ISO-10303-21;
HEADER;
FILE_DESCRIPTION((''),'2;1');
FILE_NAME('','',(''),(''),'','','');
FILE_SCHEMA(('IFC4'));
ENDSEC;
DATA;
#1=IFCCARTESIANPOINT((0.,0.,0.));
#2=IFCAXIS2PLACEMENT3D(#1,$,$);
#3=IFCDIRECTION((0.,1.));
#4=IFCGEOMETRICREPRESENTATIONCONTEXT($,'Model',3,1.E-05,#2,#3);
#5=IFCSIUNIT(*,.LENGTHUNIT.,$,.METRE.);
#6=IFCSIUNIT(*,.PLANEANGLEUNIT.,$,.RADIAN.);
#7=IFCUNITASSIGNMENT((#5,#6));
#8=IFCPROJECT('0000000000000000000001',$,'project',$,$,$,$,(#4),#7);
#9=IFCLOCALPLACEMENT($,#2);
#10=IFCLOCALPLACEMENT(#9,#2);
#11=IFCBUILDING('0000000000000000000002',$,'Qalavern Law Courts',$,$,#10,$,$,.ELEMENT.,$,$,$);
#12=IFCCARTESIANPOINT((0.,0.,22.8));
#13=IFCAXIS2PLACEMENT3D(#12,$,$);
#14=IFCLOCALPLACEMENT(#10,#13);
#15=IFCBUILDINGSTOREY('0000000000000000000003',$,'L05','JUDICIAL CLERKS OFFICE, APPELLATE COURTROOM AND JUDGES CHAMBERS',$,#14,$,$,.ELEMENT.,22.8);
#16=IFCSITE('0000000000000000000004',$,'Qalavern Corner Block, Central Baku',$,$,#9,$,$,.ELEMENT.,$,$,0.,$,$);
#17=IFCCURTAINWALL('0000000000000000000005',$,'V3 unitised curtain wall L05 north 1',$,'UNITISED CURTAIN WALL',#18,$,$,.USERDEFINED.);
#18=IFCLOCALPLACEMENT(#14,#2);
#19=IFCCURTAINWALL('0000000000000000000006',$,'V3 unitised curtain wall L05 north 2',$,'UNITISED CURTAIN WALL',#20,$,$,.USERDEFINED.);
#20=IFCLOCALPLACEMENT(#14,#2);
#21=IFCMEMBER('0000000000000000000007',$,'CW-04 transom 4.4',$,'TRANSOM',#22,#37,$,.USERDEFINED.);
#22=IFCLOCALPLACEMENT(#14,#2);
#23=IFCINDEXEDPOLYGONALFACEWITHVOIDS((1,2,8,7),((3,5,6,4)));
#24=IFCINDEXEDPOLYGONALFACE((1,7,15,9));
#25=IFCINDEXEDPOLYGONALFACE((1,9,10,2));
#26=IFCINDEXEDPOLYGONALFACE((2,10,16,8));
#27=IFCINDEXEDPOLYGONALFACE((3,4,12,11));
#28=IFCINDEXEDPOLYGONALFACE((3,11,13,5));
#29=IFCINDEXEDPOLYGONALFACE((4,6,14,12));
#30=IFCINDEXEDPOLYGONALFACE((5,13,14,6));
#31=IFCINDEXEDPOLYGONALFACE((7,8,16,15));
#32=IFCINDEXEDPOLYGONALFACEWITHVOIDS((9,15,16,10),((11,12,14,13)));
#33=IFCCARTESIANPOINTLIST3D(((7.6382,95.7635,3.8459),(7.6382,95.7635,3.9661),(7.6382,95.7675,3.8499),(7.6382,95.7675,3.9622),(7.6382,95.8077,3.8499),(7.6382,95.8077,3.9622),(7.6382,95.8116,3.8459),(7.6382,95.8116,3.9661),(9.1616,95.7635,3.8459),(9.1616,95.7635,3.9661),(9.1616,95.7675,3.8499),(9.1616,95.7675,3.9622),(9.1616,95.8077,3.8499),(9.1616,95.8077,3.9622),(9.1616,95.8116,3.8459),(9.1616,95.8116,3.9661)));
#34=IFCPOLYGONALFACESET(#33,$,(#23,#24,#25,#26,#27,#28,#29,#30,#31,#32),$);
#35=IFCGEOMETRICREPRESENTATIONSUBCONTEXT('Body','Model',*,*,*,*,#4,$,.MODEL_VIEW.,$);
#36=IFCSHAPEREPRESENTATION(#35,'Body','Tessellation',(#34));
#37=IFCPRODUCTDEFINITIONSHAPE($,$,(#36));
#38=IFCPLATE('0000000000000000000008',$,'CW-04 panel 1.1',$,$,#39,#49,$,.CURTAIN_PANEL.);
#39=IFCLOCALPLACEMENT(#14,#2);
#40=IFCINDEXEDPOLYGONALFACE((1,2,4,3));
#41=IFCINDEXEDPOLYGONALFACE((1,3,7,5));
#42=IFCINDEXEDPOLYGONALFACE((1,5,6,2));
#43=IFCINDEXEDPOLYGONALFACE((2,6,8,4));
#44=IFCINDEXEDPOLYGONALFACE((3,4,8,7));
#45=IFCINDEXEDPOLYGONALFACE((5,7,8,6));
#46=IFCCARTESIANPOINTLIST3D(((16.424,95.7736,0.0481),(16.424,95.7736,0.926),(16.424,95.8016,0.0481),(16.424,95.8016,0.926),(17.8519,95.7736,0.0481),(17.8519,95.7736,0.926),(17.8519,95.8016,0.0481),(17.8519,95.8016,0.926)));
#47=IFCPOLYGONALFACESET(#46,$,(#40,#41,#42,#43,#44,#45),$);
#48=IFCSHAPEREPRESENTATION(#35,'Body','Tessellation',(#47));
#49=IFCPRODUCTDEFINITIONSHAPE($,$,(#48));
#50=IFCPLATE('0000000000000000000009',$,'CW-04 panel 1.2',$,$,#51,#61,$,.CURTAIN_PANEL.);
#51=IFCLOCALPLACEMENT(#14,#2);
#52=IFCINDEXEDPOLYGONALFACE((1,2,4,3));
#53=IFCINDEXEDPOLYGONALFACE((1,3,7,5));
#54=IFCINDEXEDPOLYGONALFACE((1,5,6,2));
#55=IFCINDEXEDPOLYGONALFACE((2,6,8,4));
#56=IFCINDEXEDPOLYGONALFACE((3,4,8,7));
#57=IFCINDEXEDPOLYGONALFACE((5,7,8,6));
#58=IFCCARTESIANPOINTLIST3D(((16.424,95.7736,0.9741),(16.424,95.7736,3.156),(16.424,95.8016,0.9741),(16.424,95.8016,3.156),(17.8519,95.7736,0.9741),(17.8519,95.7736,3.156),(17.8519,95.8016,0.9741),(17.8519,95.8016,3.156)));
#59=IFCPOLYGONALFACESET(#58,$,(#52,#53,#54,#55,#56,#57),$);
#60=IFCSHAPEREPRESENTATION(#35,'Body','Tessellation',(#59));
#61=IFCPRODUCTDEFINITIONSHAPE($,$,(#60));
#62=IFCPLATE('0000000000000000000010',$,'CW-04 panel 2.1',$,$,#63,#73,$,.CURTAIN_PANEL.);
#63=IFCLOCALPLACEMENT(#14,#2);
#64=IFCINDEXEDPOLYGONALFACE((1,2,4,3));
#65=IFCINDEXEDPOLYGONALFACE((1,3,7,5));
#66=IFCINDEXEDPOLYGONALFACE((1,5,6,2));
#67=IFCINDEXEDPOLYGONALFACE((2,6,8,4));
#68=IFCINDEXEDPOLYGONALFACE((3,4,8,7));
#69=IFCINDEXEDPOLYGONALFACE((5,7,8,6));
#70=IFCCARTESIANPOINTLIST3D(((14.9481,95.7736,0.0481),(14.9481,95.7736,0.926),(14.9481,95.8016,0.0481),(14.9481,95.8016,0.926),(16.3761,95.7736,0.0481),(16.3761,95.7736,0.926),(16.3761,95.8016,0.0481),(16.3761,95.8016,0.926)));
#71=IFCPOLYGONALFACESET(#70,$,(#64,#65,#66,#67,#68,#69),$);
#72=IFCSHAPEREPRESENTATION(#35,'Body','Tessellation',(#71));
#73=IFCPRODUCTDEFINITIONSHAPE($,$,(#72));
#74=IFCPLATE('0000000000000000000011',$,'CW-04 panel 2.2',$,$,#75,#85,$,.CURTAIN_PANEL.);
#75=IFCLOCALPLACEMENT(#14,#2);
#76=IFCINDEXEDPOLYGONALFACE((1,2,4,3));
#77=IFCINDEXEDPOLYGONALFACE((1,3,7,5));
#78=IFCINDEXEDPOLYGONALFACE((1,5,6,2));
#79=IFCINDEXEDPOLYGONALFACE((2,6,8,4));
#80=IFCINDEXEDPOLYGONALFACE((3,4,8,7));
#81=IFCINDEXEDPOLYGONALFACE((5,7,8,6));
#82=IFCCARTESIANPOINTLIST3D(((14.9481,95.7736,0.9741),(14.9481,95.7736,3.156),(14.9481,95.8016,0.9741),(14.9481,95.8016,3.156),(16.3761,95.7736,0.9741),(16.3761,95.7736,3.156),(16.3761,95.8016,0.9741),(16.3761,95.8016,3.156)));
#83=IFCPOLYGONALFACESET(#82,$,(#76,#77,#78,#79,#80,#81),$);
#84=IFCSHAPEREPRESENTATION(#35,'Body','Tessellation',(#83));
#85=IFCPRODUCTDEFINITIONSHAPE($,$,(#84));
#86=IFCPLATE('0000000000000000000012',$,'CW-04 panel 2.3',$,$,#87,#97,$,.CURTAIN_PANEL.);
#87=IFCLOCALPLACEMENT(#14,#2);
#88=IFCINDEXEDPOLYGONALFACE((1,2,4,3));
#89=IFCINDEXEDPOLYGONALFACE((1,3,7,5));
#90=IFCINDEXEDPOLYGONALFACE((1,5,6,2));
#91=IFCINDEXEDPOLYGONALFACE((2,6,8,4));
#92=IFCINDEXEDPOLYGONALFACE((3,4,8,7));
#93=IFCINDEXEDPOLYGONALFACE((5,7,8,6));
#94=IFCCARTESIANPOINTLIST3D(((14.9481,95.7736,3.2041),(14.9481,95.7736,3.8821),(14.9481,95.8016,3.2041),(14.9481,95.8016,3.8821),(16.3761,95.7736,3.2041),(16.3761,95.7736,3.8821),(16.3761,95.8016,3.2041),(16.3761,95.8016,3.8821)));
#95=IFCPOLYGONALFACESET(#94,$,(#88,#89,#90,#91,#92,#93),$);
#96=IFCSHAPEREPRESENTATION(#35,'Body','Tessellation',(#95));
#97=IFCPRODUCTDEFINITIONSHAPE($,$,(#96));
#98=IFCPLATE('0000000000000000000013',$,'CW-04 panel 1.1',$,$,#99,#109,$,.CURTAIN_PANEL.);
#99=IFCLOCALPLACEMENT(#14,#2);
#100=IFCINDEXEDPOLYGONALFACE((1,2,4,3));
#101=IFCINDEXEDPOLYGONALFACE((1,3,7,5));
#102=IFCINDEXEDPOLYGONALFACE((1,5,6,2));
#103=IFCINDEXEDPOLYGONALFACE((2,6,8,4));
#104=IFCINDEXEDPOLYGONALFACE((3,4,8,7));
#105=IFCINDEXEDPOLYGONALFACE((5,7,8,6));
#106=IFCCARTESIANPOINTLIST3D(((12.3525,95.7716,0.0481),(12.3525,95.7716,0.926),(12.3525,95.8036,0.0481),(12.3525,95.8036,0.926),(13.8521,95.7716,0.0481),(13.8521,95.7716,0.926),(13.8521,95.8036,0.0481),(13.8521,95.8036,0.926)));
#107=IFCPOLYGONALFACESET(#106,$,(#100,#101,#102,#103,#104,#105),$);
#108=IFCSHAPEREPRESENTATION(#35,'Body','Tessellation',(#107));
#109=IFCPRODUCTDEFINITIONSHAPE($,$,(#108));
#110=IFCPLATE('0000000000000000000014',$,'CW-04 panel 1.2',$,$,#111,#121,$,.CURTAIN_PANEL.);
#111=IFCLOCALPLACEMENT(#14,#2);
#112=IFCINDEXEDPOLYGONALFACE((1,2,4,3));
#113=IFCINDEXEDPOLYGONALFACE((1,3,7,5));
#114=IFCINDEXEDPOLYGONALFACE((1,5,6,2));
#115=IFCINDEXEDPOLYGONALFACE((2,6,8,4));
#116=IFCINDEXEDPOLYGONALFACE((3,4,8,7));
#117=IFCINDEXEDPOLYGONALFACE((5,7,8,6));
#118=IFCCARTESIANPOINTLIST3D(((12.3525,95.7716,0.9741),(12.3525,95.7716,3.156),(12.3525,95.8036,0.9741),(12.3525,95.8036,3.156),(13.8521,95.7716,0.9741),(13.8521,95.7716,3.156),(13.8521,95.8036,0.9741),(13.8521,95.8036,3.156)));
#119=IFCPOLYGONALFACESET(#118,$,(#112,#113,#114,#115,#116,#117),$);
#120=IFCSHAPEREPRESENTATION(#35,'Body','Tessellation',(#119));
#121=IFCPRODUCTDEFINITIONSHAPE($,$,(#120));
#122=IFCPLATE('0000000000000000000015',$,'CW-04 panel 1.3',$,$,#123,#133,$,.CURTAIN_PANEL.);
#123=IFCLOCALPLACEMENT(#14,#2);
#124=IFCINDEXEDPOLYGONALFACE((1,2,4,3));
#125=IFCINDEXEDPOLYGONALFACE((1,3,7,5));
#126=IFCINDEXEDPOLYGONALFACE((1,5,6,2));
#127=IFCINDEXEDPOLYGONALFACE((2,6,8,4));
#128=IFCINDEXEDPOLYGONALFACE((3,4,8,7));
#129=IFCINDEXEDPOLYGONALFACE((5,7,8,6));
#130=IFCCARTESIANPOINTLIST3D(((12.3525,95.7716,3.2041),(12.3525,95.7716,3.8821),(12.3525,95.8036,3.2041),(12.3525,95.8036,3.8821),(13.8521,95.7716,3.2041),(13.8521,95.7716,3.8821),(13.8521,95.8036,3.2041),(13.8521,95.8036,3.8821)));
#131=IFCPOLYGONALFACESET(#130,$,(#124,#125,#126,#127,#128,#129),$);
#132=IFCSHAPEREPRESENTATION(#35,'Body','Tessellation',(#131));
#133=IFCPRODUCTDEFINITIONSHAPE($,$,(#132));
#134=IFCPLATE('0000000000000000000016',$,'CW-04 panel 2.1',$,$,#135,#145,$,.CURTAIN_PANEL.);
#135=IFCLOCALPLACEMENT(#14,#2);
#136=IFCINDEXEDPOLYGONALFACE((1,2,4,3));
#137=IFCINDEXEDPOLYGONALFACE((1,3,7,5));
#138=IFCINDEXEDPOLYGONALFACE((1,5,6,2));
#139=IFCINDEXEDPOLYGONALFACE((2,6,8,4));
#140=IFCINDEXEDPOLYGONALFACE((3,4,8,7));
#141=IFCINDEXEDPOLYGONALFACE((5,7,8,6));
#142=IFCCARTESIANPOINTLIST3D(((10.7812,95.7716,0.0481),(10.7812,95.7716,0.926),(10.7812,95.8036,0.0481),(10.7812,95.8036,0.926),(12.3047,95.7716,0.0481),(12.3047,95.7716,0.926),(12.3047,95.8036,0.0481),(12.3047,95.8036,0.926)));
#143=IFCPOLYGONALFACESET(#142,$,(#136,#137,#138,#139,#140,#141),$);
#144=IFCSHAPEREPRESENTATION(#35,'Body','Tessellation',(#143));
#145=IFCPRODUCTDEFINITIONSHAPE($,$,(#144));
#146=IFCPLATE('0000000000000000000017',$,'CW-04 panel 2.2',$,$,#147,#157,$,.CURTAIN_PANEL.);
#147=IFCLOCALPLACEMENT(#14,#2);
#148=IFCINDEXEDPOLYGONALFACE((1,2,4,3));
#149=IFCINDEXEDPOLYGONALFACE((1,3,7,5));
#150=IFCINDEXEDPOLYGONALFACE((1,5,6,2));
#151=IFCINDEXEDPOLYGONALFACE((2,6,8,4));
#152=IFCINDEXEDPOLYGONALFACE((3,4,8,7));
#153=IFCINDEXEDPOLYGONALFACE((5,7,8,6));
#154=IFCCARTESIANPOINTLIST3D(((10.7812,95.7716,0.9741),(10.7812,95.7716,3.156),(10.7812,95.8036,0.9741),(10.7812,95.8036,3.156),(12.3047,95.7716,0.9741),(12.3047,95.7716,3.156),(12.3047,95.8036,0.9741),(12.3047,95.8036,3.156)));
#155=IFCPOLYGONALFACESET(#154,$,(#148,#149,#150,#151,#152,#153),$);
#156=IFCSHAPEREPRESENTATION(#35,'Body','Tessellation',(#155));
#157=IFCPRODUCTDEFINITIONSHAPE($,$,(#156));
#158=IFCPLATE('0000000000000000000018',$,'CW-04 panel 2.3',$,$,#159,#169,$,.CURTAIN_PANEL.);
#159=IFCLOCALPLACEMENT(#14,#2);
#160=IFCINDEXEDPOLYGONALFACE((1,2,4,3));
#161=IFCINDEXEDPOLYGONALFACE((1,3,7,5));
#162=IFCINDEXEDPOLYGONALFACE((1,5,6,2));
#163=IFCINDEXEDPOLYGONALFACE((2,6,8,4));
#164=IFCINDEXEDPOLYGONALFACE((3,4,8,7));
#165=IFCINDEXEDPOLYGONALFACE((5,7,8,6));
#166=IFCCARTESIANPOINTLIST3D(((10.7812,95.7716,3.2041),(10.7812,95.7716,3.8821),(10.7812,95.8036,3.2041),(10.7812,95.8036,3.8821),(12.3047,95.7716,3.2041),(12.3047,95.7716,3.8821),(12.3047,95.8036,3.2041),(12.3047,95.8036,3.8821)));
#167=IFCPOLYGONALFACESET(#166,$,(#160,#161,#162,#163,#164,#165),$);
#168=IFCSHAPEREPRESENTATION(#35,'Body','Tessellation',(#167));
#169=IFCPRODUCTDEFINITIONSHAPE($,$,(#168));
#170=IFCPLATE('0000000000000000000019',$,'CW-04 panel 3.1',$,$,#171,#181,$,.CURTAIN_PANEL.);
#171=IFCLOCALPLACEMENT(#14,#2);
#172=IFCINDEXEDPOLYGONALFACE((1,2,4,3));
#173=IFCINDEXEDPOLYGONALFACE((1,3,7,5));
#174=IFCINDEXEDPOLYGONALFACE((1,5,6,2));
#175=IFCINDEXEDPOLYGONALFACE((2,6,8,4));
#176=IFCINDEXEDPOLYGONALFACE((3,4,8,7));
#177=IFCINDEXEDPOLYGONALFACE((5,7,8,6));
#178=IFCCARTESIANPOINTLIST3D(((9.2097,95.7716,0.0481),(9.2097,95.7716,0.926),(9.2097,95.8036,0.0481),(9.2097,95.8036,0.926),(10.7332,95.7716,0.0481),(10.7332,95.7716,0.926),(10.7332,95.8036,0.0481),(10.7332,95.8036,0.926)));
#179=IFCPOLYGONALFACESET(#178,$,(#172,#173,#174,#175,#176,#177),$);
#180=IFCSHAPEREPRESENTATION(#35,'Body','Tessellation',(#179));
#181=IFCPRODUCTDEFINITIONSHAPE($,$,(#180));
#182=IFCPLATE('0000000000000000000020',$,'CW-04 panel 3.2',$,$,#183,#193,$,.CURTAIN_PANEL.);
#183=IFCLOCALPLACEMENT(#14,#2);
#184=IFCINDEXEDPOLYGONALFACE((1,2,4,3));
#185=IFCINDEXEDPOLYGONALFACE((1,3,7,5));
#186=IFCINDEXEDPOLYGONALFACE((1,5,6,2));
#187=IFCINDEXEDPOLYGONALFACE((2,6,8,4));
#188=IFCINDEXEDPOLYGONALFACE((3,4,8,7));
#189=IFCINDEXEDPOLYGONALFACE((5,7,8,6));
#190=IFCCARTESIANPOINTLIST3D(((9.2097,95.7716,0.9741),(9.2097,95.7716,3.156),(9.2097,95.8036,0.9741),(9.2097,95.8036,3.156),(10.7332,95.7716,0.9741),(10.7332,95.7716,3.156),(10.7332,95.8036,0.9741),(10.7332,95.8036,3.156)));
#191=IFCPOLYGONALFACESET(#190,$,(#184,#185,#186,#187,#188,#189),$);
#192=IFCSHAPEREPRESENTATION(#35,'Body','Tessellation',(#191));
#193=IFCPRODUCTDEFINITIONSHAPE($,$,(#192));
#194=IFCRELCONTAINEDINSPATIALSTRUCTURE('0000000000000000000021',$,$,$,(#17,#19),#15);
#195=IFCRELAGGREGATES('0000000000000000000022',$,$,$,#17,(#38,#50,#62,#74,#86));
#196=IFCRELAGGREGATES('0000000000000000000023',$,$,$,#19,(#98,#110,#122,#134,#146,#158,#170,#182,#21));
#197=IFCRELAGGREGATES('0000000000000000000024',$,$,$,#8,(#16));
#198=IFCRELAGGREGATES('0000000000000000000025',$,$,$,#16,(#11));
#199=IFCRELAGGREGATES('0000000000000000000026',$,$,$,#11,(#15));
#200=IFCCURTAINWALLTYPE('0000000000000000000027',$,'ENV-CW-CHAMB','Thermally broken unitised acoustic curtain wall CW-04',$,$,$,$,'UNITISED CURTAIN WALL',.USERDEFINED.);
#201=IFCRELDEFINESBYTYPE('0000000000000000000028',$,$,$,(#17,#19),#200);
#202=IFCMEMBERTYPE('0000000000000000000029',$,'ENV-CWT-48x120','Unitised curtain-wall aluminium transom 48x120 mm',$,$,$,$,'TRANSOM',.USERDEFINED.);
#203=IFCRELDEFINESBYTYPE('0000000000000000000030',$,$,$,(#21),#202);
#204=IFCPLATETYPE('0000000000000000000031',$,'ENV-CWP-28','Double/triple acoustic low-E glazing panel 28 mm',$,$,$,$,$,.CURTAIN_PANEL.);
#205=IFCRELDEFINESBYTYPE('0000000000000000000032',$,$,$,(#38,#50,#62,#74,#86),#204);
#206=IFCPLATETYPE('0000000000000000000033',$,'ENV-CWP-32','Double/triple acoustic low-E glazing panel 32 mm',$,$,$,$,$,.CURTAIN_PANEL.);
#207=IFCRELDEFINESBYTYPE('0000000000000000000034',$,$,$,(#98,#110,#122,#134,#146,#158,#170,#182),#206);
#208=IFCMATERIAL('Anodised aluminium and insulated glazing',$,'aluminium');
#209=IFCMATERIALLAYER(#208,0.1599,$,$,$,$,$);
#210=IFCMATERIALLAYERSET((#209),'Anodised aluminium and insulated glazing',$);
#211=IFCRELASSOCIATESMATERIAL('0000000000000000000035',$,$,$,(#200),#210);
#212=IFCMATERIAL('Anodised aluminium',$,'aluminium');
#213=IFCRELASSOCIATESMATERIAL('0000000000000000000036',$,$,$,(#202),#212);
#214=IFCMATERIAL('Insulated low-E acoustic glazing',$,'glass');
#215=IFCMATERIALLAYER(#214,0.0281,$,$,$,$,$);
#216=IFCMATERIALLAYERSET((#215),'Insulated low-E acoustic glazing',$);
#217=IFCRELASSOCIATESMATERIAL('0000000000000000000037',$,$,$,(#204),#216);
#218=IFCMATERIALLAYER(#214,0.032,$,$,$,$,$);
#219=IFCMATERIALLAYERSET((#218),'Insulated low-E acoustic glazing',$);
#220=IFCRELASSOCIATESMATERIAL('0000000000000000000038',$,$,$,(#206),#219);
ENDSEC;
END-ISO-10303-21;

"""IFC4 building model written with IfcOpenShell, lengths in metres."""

from ifc_helpers import new_model, si_unit, direction, frame, origin, origin_2d, place, context, subcontext, project, spatial, rectangle, hollow_rectangle, extrude, material, layer, layer_set, material_profile, profile_set, type_object, element, aggregate, save


model = new_model("IFC4")

# Units and contexts
model_context = context("Model", 3, precision=1e-05, world=origin(), true_north=direction((0.0, 1.0)))
body_context = subcontext(model_context, "Body", "Model", "MODEL_VIEW")
ifc_project = project(units=[si_unit("LENGTHUNIT", "METRE"), si_unit("PLANEANGLEUNIT", "RADIAN")], contexts=[model_context])

# Site, building, storey
site_placement = place(None, origin())
site = spatial("IfcSite", under=ifc_project, at=site_placement, Name="Qalavern Corner Block, Central Baku", CompositionType="ELEMENT", RefElevation=0.0)
building_placement = place(site_placement, origin())
building = spatial("IfcBuilding", under=site, at=building_placement, Name="Qalavern Law Courts", CompositionType="ELEMENT")
storey_placement = place(building_placement, frame((0.0, 0.0, 22.8)))
storey = spatial("IfcBuildingStorey", under=building, at=storey_placement, Name="L05", Description="JUDICIAL CLERKS OFFICE, APPELLATE COURTROOM AND JUDGES CHAMBERS", CompositionType="ELEMENT", Elevation=22.8)

# Curtain walls
ifc_material_1 = material(Name="Anodised aluminium and insulated glazing", Category="aluminium")
ifc_layer_1 = layer(ifc_material_1, 0.1599)
ifc_layer_set_1 = layer_set([ifc_layer_1], Name="Anodised aluminium and insulated glazing")
curtain_wall_type = type_object("IfcCurtainWallType", Name="ENV-CW-CHAMB", Description="Thermally broken unitised acoustic curtain wall CW-04", ElementType="UNITISED CURTAIN WALL", PredefinedType="USERDEFINED", material=ifc_layer_set_1)
curtain_wall_1_placement = place(storey_placement, origin())
curtain_wall_1 = element("IfcCurtainWall", 1, at=curtain_wall_1_placement, inside=storey, type_object=curtain_wall_type, Name="V3 unitised curtain wall L05 north 1", ObjectType="UNITISED CURTAIN WALL", PredefinedType="USERDEFINED")
ifc_material_2 = material(Name="Anodised aluminium", Category="aluminium")
curtain_wall_2_placement = place(storey_placement, origin())
curtain_wall_2 = element("IfcCurtainWall", 2, at=curtain_wall_2_placement, inside=storey, type_object=curtain_wall_type, Name="V3 unitised curtain wall L05 north 2", ObjectType="UNITISED CURTAIN WALL", PredefinedType="USERDEFINED")

# Member
ifc_material_profile_1 = material_profile(ifc_material_2, hollow_rectangle(XDim=0.0481, YDim=0.1201, WallThickness=0.0039, at=origin_2d()), Name="ALU TRANSOM 48x120")
ifc_profile_set_1 = profile_set([ifc_material_profile_1], Name="Anodised aluminium")
member_type_1 = type_object("IfcMemberType", Name="ENV-CWT-48x120", Description="Unitised curtain-wall aluminium transom 48x120 mm", ElementType="TRANSOM", PredefinedType="USERDEFINED", material=ifc_profile_set_1)
member_1_placement = place(storey_placement, frame((9.1616, 95.7876, 3.906), z_axis=(-1.0, 0.0, 0.0), x_axis=(0.0, -1.0, 0.0)))
member_1 = element("IfcMember", 3, at=member_1_placement, type_object=member_type_1, Name="CW-04 transom 4.4", ObjectType="TRANSOM", PredefinedType="USERDEFINED", context=body_context, shape_type="SweptSolid", body=[
    extrude(hollow_rectangle(XDim=0.0481, YDim=0.1201, WallThickness=0.0039, at=origin_2d()), origin(), (0.0, 0.0, 1.0), 1.5234),
])

# Plates
ifc_material_3 = material(Name="Insulated low-E acoustic glazing", Category="glass")
ifc_layer_2 = layer(ifc_material_3, 0.0281)
ifc_layer_set_2 = layer_set([ifc_layer_2], Name="Insulated low-E acoustic glazing")
plate_type_1 = type_object("IfcPlateType", Name="ENV-CWP-28", Description="Double/triple acoustic low-E glazing panel 28 mm", PredefinedType="CURTAIN_PANEL", material=ifc_layer_set_2)
plate_1_placement = place(storey_placement, frame((17.1379, 95.7876, 0.0481), z_axis=(0.0, 0.0, 1.0), x_axis=(-1.0, 0.0, 0.0)))
plate_1 = element("IfcPlate", 4, at=plate_1_placement, type_object=plate_type_1, Name="CW-04 panel 1.1", PredefinedType="CURTAIN_PANEL", context=body_context, shape_type="SweptSolid", body=[
    extrude(rectangle(XDim=1.428, YDim=0.0281, at=origin_2d()), origin(), (0.0, 0.0, 1.0), 0.8779),
])
plate_2_placement = place(storey_placement, frame((17.1379, 95.7876, 0.9741), z_axis=(0.0, 0.0, 1.0), x_axis=(-1.0, 0.0, 0.0)))
plate_2 = element("IfcPlate", 5, at=plate_2_placement, type_object=plate_type_1, Name="CW-04 panel 1.2", PredefinedType="CURTAIN_PANEL", context=body_context, shape_type="SweptSolid", body=[
    extrude(rectangle(XDim=1.428, YDim=0.0281, at=origin_2d()), origin(), (0.0, 0.0, 1.0), 2.1819),
])
plate_3_placement = place(storey_placement, frame((15.6621, 95.7876, 0.0481), z_axis=(0.0, 0.0, 1.0), x_axis=(-1.0, 0.0, 0.0)))
plate_3 = element("IfcPlate", 6, at=plate_3_placement, type_object=plate_type_1, Name="CW-04 panel 2.1", PredefinedType="CURTAIN_PANEL", context=body_context, shape_type="SweptSolid", body=[
    extrude(rectangle(XDim=1.428, YDim=0.0281, at=origin_2d()), origin(), (0.0, 0.0, 1.0), 0.8779),
])
plate_4_placement = place(storey_placement, frame((15.6621, 95.7876, 0.9741), z_axis=(0.0, 0.0, 1.0), x_axis=(-1.0, 0.0, 0.0)))
plate_4 = element("IfcPlate", 7, at=plate_4_placement, type_object=plate_type_1, Name="CW-04 panel 2.2", PredefinedType="CURTAIN_PANEL", context=body_context, shape_type="SweptSolid", body=[
    extrude(rectangle(XDim=1.428, YDim=0.0281, at=origin_2d()), origin(), (0.0, 0.0, 1.0), 2.1819),
])
plate_5_placement = place(storey_placement, frame((15.6621, 95.7876, 3.2041), z_axis=(0.0, 0.0, 1.0), x_axis=(-1.0, 0.0, 0.0)))
plate_5 = element("IfcPlate", 8, at=plate_5_placement, type_object=plate_type_1, Name="CW-04 panel 2.3", PredefinedType="CURTAIN_PANEL", context=body_context, shape_type="SweptSolid", body=[
    extrude(rectangle(XDim=1.428, YDim=0.0281, at=origin_2d()), origin(), (0.0, 0.0, 1.0), 0.678),
])
aggregate(curtain_wall_1, [plate_1, plate_2, plate_3, plate_4, plate_5])
ifc_layer_3 = layer(ifc_material_3, 0.032)
ifc_layer_set_3 = layer_set([ifc_layer_3], Name="Insulated low-E acoustic glazing")
plate_type_2 = type_object("IfcPlateType", Name="ENV-CWP-32", Description="Double/triple acoustic low-E glazing panel 32 mm", PredefinedType="CURTAIN_PANEL", material=ifc_layer_set_3)
plate_6_placement = place(storey_placement, frame((13.1023, 95.7876, 0.0481), z_axis=(0.0, 0.0, 1.0), x_axis=(-1.0, 0.0, 0.0)))
plate_6 = element("IfcPlate", 9, at=plate_6_placement, type_object=plate_type_2, Name="CW-04 panel 1.1", PredefinedType="CURTAIN_PANEL", context=body_context, shape_type="SweptSolid", body=[
    extrude(rectangle(XDim=1.4995, YDim=0.032, at=origin_2d()), origin(), (0.0, 0.0, 1.0), 0.8779),
])
plate_7_placement = place(storey_placement, frame((13.1023, 95.7876, 0.9741), z_axis=(0.0, 0.0, 1.0), x_axis=(-1.0, 0.0, 0.0)))
plate_7 = element("IfcPlate", 10, at=plate_7_placement, type_object=plate_type_2, Name="CW-04 panel 1.2", PredefinedType="CURTAIN_PANEL", context=body_context, shape_type="SweptSolid", body=[
    extrude(rectangle(XDim=1.4995, YDim=0.032, at=origin_2d()), origin(), (0.0, 0.0, 1.0), 2.1819),
])
plate_8_placement = place(storey_placement, frame((13.1023, 95.7876, 3.2041), z_axis=(0.0, 0.0, 1.0), x_axis=(-1.0, 0.0, 0.0)))
plate_8 = element("IfcPlate", 11, at=plate_8_placement, type_object=plate_type_2, Name="CW-04 panel 1.3", PredefinedType="CURTAIN_PANEL", context=body_context, shape_type="SweptSolid", body=[
    extrude(rectangle(XDim=1.4995, YDim=0.032, at=origin_2d()), origin(), (0.0, 0.0, 1.0), 0.678),
])
plate_9_placement = place(storey_placement, frame((11.543, 95.7876, 0.0481), z_axis=(0.0, 0.0, 1.0), x_axis=(-1.0, 0.0, 0.0)))
plate_9 = element("IfcPlate", 12, at=plate_9_placement, type_object=plate_type_2, Name="CW-04 panel 2.1", PredefinedType="CURTAIN_PANEL", context=body_context, shape_type="SweptSolid", body=[
    extrude(rectangle(XDim=1.5234, YDim=0.032, at=origin_2d()), origin(), (0.0, 0.0, 1.0), 0.8779),
])
plate_10_placement = place(storey_placement, frame((11.543, 95.7876, 0.9741), z_axis=(0.0, 0.0, 1.0), x_axis=(-1.0, 0.0, 0.0)))
plate_10 = element("IfcPlate", 13, at=plate_10_placement, type_object=plate_type_2, Name="CW-04 panel 2.2", PredefinedType="CURTAIN_PANEL", context=body_context, shape_type="SweptSolid", body=[
    extrude(rectangle(XDim=1.5234, YDim=0.032, at=origin_2d()), origin(), (0.0, 0.0, 1.0), 2.1819),
])
plate_11_placement = place(storey_placement, frame((11.543, 95.7876, 3.2041), z_axis=(0.0, 0.0, 1.0), x_axis=(-1.0, 0.0, 0.0)))
plate_11 = element("IfcPlate", 14, at=plate_11_placement, type_object=plate_type_2, Name="CW-04 panel 2.3", PredefinedType="CURTAIN_PANEL", context=body_context, shape_type="SweptSolid", body=[
    extrude(rectangle(XDim=1.5234, YDim=0.032, at=origin_2d()), origin(), (0.0, 0.0, 1.0), 0.678),
])
plate_12_placement = place(storey_placement, frame((9.9714, 95.7876, 0.0481), z_axis=(0.0, 0.0, 1.0), x_axis=(-1.0, 0.0, 0.0)))
plate_12 = element("IfcPlate", 15, at=plate_12_placement, type_object=plate_type_2, Name="CW-04 panel 3.1", PredefinedType="CURTAIN_PANEL", context=body_context, shape_type="SweptSolid", body=[
    extrude(rectangle(XDim=1.5234, YDim=0.032, at=origin_2d()), origin(), (0.0, 0.0, 1.0), 0.8779),
])
plate_13_placement = place(storey_placement, frame((9.9714, 95.7876, 0.9741), z_axis=(0.0, 0.0, 1.0), x_axis=(-1.0, 0.0, 0.0)))
plate_13 = element("IfcPlate", 16, at=plate_13_placement, type_object=plate_type_2, Name="CW-04 panel 3.2", PredefinedType="CURTAIN_PANEL", context=body_context, shape_type="SweptSolid", body=[
    extrude(rectangle(XDim=1.5234, YDim=0.032, at=origin_2d()), origin(), (0.0, 0.0, 1.0), 2.1819),
])
aggregate(curtain_wall_2, [plate_6, plate_7, plate_8, plate_9, plate_10, plate_11, plate_12, plate_13, member_1])

save(model, "model.ifc")
